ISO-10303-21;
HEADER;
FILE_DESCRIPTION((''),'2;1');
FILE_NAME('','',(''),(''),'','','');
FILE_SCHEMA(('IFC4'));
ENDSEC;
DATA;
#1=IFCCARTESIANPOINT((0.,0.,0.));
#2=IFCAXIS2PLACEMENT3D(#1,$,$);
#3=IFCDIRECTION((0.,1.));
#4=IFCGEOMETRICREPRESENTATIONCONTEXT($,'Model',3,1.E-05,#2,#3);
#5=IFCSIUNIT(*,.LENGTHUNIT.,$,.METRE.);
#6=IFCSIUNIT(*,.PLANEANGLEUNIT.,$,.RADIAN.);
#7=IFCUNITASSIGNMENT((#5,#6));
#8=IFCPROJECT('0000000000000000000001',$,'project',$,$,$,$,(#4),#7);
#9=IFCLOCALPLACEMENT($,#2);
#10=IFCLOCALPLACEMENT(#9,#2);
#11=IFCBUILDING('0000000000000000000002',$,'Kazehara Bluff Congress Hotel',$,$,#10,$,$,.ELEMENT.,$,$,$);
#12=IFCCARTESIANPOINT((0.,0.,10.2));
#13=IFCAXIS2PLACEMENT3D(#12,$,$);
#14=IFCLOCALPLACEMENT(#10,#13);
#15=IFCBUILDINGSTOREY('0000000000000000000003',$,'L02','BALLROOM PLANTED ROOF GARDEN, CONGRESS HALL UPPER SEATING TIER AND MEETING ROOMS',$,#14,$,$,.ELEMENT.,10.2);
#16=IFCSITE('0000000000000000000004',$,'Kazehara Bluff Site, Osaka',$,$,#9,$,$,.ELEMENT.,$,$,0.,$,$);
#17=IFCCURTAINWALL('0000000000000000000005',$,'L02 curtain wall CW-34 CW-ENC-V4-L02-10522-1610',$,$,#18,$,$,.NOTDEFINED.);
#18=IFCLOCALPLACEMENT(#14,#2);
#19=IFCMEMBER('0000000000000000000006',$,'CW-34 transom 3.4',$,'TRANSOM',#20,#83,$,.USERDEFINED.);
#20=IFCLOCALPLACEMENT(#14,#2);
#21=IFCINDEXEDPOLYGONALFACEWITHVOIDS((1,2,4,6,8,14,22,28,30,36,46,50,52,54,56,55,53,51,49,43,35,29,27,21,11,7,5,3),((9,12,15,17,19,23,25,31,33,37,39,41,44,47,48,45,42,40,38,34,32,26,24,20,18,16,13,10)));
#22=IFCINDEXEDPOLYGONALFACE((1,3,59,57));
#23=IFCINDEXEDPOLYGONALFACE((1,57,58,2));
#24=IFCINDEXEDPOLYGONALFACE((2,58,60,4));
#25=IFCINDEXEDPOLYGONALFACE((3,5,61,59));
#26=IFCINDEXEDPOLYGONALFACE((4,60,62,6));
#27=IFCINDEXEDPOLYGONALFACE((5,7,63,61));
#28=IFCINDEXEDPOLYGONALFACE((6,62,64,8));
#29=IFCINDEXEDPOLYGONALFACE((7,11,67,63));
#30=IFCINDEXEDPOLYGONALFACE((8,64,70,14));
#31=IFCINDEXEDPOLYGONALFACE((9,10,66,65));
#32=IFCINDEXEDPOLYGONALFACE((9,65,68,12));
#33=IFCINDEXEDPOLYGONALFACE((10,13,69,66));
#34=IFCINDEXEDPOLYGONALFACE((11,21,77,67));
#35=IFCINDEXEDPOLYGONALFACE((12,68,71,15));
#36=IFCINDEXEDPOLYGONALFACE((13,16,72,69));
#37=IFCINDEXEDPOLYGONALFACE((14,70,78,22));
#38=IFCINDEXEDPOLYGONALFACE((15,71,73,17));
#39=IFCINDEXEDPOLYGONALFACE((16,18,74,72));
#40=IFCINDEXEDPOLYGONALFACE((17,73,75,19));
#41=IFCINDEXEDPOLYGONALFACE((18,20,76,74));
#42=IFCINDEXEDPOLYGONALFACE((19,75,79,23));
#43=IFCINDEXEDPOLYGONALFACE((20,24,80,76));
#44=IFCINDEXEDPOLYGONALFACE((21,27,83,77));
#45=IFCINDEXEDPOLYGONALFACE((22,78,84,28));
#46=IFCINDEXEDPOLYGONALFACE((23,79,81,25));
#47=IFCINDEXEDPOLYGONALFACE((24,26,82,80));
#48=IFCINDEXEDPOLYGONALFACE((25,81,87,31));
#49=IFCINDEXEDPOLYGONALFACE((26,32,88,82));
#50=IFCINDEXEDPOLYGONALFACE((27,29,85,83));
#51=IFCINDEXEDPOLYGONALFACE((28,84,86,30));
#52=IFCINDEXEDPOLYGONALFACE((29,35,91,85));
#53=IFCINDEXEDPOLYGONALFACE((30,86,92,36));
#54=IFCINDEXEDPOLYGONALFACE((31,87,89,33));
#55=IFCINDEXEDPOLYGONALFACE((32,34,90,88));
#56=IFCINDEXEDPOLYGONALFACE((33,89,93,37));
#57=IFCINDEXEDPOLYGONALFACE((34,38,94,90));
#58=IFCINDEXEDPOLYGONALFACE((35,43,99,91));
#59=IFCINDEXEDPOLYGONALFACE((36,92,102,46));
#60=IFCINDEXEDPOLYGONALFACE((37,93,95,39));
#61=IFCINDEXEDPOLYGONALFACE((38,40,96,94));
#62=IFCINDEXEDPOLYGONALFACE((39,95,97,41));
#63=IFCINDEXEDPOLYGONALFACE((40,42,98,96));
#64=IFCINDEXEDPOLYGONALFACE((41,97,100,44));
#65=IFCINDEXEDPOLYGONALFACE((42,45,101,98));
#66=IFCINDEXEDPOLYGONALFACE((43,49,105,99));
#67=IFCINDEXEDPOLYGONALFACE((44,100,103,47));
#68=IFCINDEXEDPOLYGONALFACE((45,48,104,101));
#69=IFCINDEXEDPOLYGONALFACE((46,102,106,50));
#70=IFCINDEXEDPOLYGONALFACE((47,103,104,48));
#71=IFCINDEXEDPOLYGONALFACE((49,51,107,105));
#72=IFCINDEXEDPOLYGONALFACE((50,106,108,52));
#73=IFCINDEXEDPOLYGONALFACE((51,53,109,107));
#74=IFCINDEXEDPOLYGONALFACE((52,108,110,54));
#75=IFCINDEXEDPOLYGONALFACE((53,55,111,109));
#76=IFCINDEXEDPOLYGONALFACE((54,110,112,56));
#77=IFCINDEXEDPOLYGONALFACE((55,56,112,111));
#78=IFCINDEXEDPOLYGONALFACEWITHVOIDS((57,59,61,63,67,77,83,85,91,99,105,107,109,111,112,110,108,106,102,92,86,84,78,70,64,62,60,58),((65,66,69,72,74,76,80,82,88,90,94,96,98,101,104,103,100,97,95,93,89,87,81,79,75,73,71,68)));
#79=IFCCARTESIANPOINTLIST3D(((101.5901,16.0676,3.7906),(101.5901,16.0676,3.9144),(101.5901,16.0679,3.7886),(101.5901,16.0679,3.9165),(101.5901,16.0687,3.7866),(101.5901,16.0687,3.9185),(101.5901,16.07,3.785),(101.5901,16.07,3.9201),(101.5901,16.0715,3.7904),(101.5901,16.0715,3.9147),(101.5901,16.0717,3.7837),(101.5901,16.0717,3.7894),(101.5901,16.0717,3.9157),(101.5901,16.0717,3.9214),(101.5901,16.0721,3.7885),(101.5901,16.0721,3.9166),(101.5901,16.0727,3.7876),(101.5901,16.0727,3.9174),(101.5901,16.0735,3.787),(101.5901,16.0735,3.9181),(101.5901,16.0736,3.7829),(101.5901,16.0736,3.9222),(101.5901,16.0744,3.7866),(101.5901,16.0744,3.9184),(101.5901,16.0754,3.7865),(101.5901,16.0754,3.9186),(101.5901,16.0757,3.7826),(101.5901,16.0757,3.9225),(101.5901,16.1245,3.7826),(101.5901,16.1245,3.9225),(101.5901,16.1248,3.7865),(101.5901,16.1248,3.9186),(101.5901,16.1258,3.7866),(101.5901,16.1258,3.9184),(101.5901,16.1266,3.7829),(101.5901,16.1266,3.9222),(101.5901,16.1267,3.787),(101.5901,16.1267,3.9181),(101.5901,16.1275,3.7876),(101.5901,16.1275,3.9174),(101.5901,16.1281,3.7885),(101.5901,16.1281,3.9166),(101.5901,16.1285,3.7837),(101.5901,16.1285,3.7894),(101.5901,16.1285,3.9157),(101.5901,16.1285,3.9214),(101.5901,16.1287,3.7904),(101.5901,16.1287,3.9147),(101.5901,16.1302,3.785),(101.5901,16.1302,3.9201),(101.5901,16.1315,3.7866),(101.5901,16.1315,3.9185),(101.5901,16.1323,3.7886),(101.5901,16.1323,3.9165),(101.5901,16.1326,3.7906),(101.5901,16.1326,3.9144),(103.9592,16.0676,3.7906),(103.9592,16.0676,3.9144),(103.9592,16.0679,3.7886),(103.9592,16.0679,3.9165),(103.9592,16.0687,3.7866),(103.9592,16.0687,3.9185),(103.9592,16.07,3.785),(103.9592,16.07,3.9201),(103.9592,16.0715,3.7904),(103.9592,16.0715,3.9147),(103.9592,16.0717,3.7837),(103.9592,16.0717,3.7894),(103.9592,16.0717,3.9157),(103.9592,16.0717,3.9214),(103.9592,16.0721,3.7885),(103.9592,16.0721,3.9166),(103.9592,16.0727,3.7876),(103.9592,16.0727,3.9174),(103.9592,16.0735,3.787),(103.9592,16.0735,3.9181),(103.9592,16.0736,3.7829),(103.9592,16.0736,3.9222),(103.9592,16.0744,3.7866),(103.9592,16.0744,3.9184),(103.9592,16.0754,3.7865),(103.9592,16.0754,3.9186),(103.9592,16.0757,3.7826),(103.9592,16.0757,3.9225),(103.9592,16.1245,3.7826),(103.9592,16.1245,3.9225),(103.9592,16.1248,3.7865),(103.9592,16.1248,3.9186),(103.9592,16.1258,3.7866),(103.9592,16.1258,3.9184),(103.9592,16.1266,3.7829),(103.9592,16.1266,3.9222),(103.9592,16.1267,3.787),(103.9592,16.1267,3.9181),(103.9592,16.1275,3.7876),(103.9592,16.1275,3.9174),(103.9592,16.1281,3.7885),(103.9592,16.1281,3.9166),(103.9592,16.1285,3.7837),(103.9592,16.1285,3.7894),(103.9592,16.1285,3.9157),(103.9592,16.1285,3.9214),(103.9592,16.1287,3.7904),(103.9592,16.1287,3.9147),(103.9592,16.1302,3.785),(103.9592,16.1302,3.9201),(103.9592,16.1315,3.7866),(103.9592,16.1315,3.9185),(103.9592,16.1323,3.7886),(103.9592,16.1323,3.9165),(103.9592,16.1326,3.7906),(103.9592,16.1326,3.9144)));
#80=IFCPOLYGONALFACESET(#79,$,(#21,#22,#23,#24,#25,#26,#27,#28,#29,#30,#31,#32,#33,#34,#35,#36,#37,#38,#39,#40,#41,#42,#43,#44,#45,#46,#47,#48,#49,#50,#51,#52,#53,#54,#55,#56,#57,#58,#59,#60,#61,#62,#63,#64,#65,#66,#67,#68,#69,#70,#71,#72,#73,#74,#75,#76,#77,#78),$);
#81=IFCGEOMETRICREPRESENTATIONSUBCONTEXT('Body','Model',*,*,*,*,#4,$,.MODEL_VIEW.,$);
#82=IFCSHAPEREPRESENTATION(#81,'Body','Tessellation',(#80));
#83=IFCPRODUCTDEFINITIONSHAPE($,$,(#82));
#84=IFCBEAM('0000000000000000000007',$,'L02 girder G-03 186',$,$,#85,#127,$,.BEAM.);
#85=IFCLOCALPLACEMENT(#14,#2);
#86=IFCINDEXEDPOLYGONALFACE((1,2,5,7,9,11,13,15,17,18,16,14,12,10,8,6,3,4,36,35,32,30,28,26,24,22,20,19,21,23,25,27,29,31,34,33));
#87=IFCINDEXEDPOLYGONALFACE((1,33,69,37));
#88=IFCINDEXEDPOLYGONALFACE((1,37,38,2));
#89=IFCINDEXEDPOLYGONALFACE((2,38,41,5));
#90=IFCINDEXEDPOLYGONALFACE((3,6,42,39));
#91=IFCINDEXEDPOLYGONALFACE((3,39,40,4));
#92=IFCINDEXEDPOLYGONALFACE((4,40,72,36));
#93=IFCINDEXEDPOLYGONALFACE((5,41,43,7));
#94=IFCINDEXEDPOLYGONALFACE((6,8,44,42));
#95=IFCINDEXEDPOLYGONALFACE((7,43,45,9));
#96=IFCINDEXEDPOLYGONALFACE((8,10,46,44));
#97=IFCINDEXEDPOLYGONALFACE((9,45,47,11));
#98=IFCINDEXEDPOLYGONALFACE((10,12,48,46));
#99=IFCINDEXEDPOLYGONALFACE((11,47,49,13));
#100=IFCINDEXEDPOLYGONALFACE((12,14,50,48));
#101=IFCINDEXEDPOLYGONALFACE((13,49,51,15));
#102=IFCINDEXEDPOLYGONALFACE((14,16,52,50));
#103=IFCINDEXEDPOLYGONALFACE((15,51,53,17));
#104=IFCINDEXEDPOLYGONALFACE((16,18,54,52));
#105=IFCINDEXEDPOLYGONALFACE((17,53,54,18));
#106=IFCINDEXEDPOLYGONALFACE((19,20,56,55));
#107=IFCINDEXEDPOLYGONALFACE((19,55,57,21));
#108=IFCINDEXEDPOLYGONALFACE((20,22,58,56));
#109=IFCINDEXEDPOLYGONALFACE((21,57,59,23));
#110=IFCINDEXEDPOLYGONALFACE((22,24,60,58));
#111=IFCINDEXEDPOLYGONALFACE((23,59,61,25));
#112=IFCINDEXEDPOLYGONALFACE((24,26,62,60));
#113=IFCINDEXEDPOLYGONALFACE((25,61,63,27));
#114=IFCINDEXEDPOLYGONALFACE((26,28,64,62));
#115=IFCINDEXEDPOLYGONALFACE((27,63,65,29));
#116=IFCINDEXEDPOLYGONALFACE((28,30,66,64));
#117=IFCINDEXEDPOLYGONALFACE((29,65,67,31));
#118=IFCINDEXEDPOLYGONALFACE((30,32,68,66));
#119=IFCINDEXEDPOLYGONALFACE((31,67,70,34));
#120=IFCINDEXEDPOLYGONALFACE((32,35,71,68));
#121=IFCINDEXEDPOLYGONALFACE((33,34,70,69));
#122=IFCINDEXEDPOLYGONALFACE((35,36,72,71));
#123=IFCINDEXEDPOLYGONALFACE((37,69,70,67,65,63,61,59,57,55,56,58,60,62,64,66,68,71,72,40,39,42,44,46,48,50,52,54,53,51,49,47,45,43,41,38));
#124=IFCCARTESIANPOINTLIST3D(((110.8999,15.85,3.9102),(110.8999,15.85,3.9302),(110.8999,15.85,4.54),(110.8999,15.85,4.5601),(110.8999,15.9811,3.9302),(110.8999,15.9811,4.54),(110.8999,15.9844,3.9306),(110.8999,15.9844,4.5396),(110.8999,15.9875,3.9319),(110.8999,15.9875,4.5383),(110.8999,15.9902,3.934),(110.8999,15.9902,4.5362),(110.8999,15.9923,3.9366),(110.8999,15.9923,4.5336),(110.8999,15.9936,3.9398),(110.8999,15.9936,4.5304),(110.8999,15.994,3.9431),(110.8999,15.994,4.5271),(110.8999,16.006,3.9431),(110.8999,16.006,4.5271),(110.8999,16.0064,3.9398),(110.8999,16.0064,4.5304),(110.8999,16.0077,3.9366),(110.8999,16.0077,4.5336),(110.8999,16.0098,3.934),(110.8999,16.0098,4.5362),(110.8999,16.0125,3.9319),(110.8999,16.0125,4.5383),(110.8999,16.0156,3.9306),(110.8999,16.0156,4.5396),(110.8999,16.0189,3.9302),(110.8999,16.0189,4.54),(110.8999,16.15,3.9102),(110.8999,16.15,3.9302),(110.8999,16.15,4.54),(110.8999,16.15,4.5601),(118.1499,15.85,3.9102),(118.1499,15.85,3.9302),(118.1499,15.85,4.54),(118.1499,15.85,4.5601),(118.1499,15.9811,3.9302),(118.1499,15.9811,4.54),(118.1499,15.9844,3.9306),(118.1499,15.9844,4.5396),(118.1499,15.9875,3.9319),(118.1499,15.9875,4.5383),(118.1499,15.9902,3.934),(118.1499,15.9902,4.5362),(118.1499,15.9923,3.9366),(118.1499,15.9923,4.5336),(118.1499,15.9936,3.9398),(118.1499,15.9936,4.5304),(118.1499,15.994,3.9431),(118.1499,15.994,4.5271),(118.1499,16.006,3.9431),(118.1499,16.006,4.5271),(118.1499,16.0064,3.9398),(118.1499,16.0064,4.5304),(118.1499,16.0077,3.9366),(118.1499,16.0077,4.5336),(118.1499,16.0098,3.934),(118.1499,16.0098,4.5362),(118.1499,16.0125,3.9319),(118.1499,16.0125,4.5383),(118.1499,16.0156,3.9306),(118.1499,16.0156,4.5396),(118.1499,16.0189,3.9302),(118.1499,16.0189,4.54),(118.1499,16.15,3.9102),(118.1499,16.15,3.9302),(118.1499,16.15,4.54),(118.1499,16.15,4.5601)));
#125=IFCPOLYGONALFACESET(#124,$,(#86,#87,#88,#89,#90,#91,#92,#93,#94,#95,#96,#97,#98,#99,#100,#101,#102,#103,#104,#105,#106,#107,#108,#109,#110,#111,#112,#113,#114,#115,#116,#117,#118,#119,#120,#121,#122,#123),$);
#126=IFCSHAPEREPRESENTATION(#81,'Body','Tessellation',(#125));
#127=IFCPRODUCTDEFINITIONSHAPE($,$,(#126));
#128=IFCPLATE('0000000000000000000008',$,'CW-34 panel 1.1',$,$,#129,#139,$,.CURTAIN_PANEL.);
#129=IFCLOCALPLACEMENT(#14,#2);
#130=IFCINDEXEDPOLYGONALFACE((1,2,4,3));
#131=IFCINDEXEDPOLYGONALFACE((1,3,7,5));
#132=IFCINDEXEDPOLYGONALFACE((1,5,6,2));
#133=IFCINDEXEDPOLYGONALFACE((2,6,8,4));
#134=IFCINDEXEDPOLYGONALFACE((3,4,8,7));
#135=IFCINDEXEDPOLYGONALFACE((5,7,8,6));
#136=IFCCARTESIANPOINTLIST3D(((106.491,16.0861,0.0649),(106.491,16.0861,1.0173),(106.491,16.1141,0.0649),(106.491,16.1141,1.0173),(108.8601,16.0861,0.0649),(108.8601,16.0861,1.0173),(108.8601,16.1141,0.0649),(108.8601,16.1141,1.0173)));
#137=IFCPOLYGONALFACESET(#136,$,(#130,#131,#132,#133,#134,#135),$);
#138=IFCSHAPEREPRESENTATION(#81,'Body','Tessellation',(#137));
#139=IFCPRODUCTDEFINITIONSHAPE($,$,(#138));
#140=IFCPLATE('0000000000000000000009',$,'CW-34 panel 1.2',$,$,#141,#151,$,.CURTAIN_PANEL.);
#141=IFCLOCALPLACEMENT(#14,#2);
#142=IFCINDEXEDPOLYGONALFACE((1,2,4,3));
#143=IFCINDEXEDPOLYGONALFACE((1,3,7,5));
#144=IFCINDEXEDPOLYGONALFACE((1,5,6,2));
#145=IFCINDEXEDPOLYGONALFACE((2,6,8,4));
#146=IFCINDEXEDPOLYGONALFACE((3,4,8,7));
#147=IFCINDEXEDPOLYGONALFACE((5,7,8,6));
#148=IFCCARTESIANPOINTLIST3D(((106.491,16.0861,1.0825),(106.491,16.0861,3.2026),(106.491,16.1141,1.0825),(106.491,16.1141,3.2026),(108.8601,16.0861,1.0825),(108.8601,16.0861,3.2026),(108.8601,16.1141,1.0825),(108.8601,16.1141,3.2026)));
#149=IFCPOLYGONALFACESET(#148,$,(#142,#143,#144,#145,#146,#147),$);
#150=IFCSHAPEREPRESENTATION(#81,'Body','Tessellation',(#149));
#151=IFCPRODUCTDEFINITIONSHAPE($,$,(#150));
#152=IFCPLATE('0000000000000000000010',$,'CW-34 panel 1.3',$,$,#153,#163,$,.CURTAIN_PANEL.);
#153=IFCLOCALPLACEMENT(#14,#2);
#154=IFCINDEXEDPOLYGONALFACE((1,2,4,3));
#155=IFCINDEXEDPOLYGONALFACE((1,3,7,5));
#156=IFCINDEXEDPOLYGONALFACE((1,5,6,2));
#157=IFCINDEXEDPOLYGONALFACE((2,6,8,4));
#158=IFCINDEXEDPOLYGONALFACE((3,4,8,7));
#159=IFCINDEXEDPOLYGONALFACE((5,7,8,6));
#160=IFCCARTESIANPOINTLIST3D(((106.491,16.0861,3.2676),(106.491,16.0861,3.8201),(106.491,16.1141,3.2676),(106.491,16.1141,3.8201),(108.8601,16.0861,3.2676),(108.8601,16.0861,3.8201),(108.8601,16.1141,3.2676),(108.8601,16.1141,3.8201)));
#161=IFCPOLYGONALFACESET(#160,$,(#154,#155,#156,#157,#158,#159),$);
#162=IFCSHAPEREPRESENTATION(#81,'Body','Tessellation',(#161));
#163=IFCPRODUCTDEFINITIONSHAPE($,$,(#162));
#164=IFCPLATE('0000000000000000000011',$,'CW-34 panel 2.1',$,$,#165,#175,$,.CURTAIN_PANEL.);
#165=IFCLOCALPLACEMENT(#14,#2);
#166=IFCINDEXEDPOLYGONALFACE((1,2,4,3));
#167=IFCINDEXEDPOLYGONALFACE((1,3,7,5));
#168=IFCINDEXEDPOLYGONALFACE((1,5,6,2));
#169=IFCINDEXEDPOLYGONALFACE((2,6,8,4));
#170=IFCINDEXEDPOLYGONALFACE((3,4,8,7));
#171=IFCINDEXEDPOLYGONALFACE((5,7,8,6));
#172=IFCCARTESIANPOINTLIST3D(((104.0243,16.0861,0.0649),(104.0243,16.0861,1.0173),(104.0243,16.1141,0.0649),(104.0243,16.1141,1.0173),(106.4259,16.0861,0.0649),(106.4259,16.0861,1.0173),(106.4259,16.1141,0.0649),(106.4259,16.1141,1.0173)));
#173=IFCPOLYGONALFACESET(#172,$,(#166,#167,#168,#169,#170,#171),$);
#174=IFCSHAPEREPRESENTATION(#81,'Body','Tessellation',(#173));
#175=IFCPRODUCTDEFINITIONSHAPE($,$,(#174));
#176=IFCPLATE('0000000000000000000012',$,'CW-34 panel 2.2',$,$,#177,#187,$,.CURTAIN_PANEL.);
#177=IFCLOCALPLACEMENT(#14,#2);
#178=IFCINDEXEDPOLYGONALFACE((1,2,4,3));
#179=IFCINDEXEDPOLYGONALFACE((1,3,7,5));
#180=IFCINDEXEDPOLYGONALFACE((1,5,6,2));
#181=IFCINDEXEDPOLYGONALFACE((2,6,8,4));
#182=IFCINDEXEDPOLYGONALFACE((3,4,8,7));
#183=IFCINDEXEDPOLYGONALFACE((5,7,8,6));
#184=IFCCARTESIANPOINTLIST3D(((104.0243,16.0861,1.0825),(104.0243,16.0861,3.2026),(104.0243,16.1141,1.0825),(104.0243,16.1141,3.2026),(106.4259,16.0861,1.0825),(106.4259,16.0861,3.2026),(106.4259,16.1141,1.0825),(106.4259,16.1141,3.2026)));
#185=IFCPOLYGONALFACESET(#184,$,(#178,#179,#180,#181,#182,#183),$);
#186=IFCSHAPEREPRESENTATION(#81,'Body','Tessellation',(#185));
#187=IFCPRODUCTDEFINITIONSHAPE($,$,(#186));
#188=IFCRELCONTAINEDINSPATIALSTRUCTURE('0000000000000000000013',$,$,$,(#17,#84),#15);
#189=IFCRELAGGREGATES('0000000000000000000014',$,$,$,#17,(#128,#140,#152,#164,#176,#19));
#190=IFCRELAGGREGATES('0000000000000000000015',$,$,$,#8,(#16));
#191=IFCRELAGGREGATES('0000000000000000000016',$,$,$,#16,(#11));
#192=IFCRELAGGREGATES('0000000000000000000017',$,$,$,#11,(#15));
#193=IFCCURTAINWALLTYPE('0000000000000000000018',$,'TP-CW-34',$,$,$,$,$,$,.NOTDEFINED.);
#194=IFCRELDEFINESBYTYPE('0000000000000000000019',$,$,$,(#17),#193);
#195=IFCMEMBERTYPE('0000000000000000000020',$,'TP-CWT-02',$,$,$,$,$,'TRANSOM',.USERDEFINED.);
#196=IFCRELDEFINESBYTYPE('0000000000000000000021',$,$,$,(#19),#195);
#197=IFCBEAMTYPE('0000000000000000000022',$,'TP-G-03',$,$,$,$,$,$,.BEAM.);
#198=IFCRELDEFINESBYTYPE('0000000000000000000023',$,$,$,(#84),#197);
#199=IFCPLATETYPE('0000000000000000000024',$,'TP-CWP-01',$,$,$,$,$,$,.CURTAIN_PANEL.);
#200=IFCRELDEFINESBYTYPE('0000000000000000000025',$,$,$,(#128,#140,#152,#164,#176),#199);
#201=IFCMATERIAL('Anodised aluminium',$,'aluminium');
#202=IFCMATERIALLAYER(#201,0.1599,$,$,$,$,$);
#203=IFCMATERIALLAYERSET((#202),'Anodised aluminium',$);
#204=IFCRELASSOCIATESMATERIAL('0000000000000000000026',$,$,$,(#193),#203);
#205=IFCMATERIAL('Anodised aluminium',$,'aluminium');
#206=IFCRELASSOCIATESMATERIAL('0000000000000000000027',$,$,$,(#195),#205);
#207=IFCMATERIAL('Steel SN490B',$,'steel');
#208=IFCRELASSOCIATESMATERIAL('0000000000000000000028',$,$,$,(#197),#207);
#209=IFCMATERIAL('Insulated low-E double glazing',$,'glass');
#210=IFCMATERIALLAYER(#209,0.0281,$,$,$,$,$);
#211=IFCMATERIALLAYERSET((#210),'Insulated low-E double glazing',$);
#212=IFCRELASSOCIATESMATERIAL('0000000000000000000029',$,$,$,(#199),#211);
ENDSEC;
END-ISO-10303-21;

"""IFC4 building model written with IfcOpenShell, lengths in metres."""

from ifc_helpers import new_model, si_unit, direction, frame, origin, origin_2d, place, context, subcontext, project, spatial, rectangle, hollow_rectangle, i_section, extrude, material, layer, layer_set, material_profile, profile_set, type_object, element, aggregate, save


model = new_model("IFC4")

# Units and contexts
model_context = context("Model", 3, precision=1e-05, world=origin(), true_north=direction((0.0, 1.0)))
body_context = subcontext(model_context, "Body", "Model", "MODEL_VIEW")
ifc_project = project(units=[si_unit("LENGTHUNIT", "METRE"), si_unit("PLANEANGLEUNIT", "RADIAN")], contexts=[model_context])

# Site, building, storey
site_placement = place(None, origin())
site = spatial("IfcSite", under=ifc_project, at=site_placement, Name="Kazehara Bluff Site, Osaka", CompositionType="ELEMENT", RefElevation=0.0)
building_placement = place(site_placement, origin())
building = spatial("IfcBuilding", under=site, at=building_placement, Name="Kazehara Bluff Congress Hotel", CompositionType="ELEMENT")
storey_placement = place(building_placement, frame((0.0, 0.0, 10.2)))
storey = spatial("IfcBuildingStorey", under=building, at=storey_placement, Name="L02", Description="BALLROOM PLANTED ROOF GARDEN, CONGRESS HALL UPPER SEATING TIER AND MEETING ROOMS", CompositionType="ELEMENT", Elevation=10.2)

# Curtain wall, member
ifc_material_1 = material(Name="Anodised aluminium", Category="aluminium")
ifc_layer_1 = layer(ifc_material_1, 0.1599)
ifc_layer_set_1 = layer_set([ifc_layer_1], Name="Anodised aluminium")
curtain_wall_type = type_object("IfcCurtainWallType", Name="TP-CW-34", PredefinedType="NOTDEFINED", material=ifc_layer_set_1)
curtain_wall_placement = place(storey_placement, origin())
curtain_wall = element("IfcCurtainWall", 1, at=curtain_wall_placement, inside=storey, type_object=curtain_wall_type, Name="L02 curtain wall CW-34 CW-ENC-V4-L02-10522-1610", PredefinedType="NOTDEFINED")
ifc_material_2 = material(Name="Anodised aluminium", Category="aluminium")
ifc_material_profile_1 = material_profile(ifc_material_2, hollow_rectangle(XDim=0.0649, YDim=0.1399, WallThickness=0.0039, InnerFilletRadius=0.0039, OuterFilletRadius=0.0081, at=origin_2d()))
ifc_profile_set_1 = profile_set([ifc_material_profile_1], Name="Anodised aluminium")
member_type_1 = type_object("IfcMemberType", Name="TP-CWT-02", ElementType="TRANSOM", PredefinedType="USERDEFINED", material=ifc_profile_set_1)
member_1_placement = place(storey_placement, frame((103.9592, 16.1001, 3.8525), z_axis=(-1.0, 0.0, 0.0), x_axis=(0.0, -1.0, 0.0)))
member_1 = element("IfcMember", 2, at=member_1_placement, type_object=member_type_1, Name="CW-34 transom 3.4", ObjectType="TRANSOM", PredefinedType="USERDEFINED", context=body_context, shape_type="SweptSolid", body=[
    extrude(hollow_rectangle(XDim=0.0649, YDim=0.1399, WallThickness=0.0039, InnerFilletRadius=0.0039, OuterFilletRadius=0.0081, at=origin_2d()), origin(), (0.0, 0.0, 1.0), 2.3691),
])

# Beam
ifc_material_3 = material(Name="Steel SN490B", Category="steel")
ifc_material_profile_2 = material_profile(ifc_material_3, i_section(OverallWidth=0.3, OverallDepth=0.6499, WebThickness=0.012, FlangeThickness=0.02, FilletRadius=0.0129, at=origin_2d()))
ifc_profile_set_2 = profile_set([ifc_material_profile_2], Name="Steel SN490B")
beam_type = type_object("IfcBeamType", Name="TP-G-03", PredefinedType="BEAM", material=ifc_profile_set_2)
beam_placement = place(storey_placement, frame((110.8999, 16.0, 4.2351), z_axis=(1.0, 0.0, 0.0), x_axis=(0.0, 1.0, 0.0)))
element("IfcBeam", 3, at=beam_placement, inside=storey, type_object=beam_type, Name="L02 girder G-03 186", PredefinedType="BEAM", context=body_context, shape_type="SweptSolid", body=[
    extrude(i_section(OverallWidth=0.3, OverallDepth=0.6499, WebThickness=0.012, FlangeThickness=0.02, FilletRadius=0.0129, at=origin_2d()), origin(), (0.0, 0.0, 1.0), 7.25),
])

# Plates
ifc_material_4 = material(Name="Insulated low-E double glazing", Category="glass")
ifc_layer_2 = layer(ifc_material_4, 0.0281)
ifc_layer_set_2 = layer_set([ifc_layer_2], Name="Insulated low-E double glazing")
plate_type = type_object("IfcPlateType", Name="TP-CWP-01", PredefinedType="CURTAIN_PANEL", material=ifc_layer_set_2)
plate_1_placement = place(storey_placement, frame((107.6755, 16.1001, 0.0649), z_axis=(0.0, 0.0, 1.0), x_axis=(-1.0, 0.0, 0.0)))
plate_1 = element("IfcPlate", 4, at=plate_1_placement, type_object=plate_type, Name="CW-34 panel 1.1", PredefinedType="CURTAIN_PANEL", context=body_context, shape_type="SweptSolid", body=[
    extrude(rectangle(XDim=2.3691, YDim=0.0281, at=origin_2d()), origin(), (0.0, 0.0, 1.0), 0.9524),
])
plate_2_placement = place(storey_placement, frame((107.6755, 16.1001, 1.0825), z_axis=(0.0, 0.0, 1.0), x_axis=(-1.0, 0.0, 0.0)))
plate_2 = element("IfcPlate", 5, at=plate_2_placement, type_object=plate_type, Name="CW-34 panel 1.2", PredefinedType="CURTAIN_PANEL", context=body_context, shape_type="SweptSolid", body=[
    extrude(rectangle(XDim=2.3691, YDim=0.0281, at=origin_2d()), origin(), (0.0, 0.0, 1.0), 2.1201),
])
plate_3_placement = place(storey_placement, frame((107.6755, 16.1001, 3.2676), z_axis=(0.0, 0.0, 1.0), x_axis=(-1.0, 0.0, 0.0)))
plate_3 = element("IfcPlate", 6, at=plate_3_placement, type_object=plate_type, Name="CW-34 panel 1.3", PredefinedType="CURTAIN_PANEL", context=body_context, shape_type="SweptSolid", body=[
    extrude(rectangle(XDim=2.3691, YDim=0.0281, at=origin_2d()), origin(), (0.0, 0.0, 1.0), 0.5525),
])
plate_4_placement = place(storey_placement, frame((105.2251, 16.1001, 0.0649), z_axis=(0.0, 0.0, 1.0), x_axis=(-1.0, 0.0, 0.0)))
plate_4 = element("IfcPlate", 7, at=plate_4_placement, type_object=plate_type, Name="CW-34 panel 2.1", PredefinedType="CURTAIN_PANEL", context=body_context, shape_type="SweptSolid", body=[
    extrude(rectangle(XDim=2.4016, YDim=0.0281, at=origin_2d()), origin(), (0.0, 0.0, 1.0), 0.9524),
])
plate_5_placement = place(storey_placement, frame((105.2251, 16.1001, 1.0825), z_axis=(0.0, 0.0, 1.0), x_axis=(-1.0, 0.0, 0.0)))
plate_5 = element("IfcPlate", 8, at=plate_5_placement, type_object=plate_type, Name="CW-34 panel 2.2", PredefinedType="CURTAIN_PANEL", context=body_context, shape_type="SweptSolid", body=[
    extrude(rectangle(XDim=2.4016, YDim=0.0281, at=origin_2d()), origin(), (0.0, 0.0, 1.0), 2.1201),
])
aggregate(curtain_wall, [plate_1, plate_2, plate_3, plate_4, plate_5, member_1])

save(model, "model.ifc")
